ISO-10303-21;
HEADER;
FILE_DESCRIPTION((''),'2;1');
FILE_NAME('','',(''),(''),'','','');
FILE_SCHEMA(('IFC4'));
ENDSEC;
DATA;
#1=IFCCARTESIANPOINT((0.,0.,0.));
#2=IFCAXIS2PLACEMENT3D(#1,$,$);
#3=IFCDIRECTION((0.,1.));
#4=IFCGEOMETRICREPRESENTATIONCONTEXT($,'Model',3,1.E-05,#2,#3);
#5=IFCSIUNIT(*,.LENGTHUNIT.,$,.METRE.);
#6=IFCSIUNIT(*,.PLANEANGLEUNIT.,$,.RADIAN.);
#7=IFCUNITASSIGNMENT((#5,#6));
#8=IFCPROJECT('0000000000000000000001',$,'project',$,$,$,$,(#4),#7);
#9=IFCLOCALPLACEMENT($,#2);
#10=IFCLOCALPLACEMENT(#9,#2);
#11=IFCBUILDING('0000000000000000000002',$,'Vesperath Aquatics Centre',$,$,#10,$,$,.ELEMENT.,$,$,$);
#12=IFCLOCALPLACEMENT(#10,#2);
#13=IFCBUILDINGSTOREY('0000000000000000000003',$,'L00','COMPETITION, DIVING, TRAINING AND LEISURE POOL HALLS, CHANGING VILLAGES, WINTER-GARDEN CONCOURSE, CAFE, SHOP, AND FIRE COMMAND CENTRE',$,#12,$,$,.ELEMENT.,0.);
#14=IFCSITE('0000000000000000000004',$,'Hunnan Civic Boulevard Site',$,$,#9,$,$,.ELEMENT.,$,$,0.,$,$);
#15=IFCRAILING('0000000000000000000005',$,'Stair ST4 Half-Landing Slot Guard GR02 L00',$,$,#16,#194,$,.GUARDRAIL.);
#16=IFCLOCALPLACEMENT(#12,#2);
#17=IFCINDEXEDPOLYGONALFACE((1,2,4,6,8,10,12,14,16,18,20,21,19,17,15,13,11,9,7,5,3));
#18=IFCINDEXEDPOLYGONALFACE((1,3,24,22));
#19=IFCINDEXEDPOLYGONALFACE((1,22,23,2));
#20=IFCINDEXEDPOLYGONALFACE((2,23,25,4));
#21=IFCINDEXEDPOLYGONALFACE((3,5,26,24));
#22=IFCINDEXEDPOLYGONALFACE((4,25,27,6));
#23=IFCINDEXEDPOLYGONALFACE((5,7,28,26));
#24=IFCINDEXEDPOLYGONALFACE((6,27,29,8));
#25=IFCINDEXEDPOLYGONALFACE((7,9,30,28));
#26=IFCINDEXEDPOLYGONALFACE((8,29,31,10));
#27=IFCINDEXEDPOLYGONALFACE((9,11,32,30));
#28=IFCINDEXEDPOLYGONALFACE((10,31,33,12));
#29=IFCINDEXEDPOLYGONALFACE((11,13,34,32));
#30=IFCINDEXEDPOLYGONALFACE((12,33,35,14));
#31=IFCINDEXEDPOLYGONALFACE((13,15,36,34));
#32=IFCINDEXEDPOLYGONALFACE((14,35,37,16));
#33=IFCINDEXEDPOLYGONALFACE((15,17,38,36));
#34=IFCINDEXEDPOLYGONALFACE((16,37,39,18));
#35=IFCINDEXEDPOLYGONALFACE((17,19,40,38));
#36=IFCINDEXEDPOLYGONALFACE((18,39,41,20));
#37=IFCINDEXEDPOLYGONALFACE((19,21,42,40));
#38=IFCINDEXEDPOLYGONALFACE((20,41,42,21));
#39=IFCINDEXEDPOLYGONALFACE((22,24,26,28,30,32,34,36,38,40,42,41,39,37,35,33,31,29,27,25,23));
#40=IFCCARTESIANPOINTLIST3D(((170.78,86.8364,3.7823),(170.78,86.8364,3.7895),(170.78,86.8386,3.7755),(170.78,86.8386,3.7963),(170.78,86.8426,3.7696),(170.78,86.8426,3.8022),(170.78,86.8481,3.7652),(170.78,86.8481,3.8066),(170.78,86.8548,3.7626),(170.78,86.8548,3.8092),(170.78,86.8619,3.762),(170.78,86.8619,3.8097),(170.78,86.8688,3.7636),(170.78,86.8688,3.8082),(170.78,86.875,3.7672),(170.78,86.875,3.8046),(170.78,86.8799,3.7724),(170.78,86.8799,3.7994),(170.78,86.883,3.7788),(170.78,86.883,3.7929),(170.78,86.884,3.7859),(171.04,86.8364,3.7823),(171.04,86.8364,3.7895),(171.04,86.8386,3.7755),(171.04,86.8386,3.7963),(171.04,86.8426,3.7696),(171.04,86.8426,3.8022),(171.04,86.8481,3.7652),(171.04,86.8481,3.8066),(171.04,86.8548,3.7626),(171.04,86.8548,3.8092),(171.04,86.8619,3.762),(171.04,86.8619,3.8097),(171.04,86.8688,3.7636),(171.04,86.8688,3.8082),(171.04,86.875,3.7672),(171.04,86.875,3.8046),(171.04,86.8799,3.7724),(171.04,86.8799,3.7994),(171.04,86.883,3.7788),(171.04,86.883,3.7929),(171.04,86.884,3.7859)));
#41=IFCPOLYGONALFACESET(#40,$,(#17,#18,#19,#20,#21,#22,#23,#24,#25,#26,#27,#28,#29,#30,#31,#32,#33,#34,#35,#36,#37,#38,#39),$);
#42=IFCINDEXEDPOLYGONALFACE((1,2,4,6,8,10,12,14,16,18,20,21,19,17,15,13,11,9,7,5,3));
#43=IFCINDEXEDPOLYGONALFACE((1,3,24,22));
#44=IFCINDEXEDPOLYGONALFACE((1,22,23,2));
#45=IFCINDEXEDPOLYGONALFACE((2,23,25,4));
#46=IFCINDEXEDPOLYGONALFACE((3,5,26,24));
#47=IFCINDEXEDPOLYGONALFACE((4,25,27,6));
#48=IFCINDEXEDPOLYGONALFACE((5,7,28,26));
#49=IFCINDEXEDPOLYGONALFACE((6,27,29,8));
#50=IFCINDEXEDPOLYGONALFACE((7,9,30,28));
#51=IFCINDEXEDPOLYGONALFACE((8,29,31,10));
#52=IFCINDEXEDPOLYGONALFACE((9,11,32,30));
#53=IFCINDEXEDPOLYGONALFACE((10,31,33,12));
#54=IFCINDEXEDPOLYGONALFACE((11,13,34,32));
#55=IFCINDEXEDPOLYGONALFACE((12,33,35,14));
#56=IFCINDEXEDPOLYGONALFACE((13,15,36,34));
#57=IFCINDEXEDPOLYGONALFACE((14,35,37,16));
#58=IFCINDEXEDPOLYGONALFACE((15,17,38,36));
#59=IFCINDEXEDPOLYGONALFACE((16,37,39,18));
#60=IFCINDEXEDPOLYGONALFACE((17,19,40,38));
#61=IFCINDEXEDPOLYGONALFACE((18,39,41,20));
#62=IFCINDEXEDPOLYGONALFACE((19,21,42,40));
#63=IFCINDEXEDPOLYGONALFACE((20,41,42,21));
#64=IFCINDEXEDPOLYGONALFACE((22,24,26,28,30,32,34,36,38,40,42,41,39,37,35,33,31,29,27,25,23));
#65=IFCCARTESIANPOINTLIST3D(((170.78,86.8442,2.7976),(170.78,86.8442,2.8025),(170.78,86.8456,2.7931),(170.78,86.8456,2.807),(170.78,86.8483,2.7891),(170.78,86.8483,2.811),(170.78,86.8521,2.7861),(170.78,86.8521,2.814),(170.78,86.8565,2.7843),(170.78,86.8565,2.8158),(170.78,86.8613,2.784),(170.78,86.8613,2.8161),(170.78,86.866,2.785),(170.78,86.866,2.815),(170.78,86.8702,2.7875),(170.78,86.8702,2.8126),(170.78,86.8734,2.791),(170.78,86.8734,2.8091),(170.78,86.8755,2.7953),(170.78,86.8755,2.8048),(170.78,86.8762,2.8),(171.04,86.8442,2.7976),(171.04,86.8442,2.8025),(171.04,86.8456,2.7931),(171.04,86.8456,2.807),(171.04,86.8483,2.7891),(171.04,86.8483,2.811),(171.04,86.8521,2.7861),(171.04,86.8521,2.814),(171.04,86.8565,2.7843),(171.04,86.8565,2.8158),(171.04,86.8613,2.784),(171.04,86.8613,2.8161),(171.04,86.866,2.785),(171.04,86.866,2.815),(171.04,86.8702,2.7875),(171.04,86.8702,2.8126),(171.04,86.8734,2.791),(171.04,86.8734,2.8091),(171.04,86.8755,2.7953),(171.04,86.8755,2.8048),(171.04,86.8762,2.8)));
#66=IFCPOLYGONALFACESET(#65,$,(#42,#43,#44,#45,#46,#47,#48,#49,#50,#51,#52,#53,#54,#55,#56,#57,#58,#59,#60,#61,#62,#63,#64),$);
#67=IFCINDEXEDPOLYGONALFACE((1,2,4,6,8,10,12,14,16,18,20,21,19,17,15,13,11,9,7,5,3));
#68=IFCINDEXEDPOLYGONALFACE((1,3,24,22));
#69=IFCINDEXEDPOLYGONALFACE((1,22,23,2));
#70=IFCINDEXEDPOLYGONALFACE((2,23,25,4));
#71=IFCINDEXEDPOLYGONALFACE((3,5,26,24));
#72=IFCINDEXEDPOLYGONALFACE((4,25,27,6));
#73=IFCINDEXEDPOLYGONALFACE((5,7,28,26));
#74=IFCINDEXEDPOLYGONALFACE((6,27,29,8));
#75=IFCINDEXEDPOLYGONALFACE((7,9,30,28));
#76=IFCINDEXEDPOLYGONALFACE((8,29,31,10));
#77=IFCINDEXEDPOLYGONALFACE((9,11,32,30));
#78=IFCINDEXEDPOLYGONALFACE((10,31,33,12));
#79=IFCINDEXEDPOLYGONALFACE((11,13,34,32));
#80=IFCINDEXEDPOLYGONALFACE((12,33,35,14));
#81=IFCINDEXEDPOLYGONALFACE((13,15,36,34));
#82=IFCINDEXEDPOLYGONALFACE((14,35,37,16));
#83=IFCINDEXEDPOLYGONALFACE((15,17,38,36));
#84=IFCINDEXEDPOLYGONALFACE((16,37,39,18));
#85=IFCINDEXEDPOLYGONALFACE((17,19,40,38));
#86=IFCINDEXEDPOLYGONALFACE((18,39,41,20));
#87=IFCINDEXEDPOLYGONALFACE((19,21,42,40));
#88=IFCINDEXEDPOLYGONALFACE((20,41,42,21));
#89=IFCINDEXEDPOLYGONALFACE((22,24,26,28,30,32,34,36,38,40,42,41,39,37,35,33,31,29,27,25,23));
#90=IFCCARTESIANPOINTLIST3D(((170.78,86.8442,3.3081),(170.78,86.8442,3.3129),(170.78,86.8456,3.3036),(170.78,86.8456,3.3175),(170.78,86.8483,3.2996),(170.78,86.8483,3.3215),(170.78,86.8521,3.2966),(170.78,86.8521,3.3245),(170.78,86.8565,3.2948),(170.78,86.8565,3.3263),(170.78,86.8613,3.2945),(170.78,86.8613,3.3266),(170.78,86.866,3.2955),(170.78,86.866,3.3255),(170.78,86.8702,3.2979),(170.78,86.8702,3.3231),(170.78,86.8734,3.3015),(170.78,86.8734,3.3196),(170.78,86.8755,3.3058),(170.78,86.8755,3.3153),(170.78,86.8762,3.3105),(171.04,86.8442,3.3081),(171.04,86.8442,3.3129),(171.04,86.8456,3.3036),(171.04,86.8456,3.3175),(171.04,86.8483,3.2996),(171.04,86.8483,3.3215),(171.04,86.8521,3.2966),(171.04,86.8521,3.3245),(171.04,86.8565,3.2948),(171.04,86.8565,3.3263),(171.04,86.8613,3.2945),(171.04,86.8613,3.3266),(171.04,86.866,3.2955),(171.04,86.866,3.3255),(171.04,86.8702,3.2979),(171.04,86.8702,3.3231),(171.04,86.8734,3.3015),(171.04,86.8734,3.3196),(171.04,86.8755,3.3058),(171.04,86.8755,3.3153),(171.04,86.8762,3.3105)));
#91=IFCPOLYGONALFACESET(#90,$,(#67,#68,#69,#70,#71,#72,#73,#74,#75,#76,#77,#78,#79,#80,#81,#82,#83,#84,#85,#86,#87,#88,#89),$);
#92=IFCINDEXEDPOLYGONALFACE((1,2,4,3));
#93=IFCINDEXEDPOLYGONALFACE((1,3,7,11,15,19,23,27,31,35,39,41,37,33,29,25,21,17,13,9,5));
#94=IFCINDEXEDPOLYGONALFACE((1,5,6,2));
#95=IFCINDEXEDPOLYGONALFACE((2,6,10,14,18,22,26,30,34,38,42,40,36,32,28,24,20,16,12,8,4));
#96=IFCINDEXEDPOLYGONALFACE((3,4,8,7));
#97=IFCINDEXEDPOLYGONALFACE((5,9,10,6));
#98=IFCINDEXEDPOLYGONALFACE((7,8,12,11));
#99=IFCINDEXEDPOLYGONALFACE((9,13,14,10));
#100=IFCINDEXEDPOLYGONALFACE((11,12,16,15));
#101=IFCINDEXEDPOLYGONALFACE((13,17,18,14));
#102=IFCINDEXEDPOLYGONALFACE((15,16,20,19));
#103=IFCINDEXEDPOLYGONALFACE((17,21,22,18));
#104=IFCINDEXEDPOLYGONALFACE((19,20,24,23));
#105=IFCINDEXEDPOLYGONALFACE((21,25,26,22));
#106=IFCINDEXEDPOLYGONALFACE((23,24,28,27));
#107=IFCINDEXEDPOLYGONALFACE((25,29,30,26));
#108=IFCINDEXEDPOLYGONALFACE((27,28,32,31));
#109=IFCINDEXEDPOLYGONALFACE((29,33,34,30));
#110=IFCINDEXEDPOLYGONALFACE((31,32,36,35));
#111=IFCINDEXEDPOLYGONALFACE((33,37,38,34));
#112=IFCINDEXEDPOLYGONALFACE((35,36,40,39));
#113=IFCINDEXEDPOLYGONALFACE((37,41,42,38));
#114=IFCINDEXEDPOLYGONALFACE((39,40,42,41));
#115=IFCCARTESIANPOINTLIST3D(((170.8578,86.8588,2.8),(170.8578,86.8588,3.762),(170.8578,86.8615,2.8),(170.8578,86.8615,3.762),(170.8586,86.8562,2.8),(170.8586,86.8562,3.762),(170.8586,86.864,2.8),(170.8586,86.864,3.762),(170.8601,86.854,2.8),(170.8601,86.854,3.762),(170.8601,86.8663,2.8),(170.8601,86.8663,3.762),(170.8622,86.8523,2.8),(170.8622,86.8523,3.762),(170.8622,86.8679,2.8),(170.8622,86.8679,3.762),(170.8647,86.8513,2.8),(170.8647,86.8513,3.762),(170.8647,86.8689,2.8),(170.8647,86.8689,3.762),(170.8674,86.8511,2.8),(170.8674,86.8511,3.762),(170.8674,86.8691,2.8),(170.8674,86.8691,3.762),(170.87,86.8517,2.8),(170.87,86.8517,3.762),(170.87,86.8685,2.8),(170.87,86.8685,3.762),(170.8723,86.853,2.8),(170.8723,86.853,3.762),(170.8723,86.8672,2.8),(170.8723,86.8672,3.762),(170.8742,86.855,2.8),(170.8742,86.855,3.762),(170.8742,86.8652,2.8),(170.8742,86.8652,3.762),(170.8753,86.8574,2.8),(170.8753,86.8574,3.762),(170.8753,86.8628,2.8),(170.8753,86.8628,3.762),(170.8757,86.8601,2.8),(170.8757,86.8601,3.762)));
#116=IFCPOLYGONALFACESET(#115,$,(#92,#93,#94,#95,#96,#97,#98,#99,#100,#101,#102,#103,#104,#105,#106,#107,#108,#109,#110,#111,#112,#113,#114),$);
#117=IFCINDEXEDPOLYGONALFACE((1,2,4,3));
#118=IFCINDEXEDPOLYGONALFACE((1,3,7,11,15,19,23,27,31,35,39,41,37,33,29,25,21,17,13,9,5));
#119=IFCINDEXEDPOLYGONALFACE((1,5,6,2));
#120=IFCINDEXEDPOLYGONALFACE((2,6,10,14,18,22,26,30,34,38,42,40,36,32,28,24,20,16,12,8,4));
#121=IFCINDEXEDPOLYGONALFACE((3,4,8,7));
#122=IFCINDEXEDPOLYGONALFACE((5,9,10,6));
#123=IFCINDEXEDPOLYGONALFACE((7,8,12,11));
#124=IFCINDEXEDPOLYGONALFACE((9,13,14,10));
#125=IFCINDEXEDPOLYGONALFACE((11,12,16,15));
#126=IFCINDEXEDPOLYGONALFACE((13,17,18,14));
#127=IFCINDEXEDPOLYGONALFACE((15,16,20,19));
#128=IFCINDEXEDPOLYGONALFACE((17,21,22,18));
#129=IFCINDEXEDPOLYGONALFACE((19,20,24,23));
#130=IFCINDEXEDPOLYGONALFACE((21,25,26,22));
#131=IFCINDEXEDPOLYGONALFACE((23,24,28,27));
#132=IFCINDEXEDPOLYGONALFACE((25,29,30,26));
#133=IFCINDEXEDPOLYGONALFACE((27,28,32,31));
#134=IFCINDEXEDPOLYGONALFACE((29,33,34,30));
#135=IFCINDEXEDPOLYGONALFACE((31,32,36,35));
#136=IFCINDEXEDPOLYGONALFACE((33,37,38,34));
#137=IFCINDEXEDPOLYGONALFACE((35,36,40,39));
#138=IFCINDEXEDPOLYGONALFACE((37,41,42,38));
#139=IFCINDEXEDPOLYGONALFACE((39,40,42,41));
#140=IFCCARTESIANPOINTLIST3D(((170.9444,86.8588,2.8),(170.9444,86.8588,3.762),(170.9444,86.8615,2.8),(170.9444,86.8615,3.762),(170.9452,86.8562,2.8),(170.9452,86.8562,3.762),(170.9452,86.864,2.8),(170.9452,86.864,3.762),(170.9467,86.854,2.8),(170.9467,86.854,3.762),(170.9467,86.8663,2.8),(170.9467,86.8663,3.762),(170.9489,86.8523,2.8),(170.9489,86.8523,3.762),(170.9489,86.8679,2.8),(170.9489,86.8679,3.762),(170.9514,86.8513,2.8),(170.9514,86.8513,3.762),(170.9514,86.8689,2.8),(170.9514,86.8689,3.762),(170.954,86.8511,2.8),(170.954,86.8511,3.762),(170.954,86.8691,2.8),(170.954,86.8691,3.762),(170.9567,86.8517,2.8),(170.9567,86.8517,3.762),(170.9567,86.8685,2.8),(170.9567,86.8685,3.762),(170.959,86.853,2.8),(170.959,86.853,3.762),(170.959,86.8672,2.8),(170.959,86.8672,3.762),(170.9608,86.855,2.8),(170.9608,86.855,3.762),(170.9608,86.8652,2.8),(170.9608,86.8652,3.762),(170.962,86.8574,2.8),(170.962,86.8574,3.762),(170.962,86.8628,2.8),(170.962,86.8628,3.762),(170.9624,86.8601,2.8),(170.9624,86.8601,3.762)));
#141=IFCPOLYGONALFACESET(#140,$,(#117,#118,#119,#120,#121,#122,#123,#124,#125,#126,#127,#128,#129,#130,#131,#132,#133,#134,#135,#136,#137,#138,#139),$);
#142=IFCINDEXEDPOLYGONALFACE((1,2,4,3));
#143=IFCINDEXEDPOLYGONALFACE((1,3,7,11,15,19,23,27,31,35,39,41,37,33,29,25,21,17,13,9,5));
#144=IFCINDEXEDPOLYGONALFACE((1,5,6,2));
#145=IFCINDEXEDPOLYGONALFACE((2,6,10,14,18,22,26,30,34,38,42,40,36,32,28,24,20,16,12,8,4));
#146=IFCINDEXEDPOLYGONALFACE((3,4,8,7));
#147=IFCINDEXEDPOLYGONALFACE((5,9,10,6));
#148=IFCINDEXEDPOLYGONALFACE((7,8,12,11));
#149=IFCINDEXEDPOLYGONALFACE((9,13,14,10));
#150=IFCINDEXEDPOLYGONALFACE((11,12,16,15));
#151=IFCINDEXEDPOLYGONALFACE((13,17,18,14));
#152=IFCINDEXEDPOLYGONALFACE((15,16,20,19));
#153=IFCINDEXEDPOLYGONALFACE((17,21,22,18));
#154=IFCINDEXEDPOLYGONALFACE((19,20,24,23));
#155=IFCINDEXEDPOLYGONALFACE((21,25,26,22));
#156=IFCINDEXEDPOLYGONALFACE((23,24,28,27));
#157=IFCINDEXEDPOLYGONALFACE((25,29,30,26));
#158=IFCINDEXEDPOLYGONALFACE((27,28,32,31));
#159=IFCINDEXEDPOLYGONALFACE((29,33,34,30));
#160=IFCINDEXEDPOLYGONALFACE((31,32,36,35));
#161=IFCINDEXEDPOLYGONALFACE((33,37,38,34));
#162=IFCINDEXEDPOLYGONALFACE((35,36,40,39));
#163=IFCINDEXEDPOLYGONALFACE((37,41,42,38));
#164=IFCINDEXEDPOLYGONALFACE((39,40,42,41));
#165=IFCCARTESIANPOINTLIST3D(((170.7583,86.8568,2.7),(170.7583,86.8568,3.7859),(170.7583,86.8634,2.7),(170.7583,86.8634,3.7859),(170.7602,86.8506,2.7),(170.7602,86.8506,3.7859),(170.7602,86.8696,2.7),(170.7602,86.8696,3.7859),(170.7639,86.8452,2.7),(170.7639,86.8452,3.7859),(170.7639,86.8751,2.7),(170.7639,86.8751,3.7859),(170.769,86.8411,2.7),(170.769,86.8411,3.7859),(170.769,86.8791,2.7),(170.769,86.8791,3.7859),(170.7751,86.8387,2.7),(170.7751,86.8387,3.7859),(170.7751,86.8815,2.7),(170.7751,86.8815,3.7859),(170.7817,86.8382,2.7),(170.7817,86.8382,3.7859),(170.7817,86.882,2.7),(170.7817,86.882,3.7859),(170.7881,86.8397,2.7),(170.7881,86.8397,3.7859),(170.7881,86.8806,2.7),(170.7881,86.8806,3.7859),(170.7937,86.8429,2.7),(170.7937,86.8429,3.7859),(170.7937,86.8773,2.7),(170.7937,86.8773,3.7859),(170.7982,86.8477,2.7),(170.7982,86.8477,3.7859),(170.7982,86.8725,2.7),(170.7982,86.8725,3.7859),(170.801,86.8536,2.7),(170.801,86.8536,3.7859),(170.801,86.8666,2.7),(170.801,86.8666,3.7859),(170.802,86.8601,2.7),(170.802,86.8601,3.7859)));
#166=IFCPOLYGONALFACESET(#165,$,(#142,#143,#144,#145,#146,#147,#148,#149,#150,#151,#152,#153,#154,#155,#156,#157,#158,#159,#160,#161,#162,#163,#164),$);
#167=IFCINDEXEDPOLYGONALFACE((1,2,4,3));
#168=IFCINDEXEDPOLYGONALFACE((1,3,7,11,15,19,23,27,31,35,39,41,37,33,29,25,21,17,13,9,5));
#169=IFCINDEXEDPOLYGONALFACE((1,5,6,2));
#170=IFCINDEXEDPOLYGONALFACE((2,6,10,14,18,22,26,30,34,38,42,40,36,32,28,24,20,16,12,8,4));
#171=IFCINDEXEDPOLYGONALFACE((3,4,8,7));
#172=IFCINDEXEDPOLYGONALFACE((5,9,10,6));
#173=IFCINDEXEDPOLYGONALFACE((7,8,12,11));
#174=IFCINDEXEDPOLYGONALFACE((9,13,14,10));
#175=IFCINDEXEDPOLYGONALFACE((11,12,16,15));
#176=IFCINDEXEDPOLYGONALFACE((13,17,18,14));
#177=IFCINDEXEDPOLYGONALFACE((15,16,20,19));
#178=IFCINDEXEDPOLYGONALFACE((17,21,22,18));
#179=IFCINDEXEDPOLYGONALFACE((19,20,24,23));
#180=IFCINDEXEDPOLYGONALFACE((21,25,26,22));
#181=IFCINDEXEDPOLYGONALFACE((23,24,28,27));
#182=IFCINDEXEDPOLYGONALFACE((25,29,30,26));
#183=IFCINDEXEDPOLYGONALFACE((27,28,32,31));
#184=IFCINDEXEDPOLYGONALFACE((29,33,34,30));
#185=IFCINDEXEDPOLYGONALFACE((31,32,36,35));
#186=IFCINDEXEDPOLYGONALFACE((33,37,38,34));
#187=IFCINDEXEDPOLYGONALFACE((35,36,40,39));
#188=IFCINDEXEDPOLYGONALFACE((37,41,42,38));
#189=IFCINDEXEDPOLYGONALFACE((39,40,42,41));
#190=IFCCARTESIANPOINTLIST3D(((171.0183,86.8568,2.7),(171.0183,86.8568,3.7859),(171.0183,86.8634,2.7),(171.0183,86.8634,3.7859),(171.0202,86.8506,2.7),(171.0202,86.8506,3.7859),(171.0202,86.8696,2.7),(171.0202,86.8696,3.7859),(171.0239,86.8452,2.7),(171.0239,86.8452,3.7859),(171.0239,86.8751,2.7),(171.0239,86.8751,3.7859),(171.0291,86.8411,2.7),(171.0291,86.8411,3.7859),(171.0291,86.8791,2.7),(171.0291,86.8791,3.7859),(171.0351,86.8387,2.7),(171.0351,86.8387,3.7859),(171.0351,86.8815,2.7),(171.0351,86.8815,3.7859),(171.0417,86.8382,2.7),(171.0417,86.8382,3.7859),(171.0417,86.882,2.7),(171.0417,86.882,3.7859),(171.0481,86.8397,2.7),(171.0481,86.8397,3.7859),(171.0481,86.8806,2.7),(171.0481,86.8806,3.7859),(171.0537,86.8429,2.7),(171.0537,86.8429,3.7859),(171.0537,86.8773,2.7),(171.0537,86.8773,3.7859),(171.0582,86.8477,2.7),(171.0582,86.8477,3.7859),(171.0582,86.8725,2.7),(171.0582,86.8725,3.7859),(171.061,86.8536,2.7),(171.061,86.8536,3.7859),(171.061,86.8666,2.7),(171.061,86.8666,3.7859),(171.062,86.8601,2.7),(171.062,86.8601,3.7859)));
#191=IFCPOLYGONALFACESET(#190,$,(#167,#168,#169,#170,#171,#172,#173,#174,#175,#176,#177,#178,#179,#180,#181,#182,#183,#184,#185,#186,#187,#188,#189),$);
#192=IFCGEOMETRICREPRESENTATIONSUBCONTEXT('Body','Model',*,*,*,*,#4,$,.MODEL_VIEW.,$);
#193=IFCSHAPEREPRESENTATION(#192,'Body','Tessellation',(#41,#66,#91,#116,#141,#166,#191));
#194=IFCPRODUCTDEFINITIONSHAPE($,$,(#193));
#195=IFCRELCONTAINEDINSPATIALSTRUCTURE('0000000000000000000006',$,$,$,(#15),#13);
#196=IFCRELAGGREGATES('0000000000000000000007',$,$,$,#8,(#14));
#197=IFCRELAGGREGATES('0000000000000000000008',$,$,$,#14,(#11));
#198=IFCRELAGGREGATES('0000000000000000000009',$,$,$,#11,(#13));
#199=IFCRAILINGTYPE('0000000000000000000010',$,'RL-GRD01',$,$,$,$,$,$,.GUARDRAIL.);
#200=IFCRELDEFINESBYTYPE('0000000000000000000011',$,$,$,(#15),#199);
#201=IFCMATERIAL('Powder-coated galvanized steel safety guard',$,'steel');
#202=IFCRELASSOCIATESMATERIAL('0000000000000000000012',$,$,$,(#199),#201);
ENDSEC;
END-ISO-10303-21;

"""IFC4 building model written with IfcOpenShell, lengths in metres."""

from ifc_helpers import new_model, si_unit, direction, frame, origin, origin_2d, place, context, subcontext, project, spatial, circle, extrude, material, type_object, element, save


model = new_model("IFC4")

# Units and contexts
model_context = context("Model", 3, precision=1e-05, world=origin(), true_north=direction((0.0, 1.0)))
body_context = subcontext(model_context, "Body", "Model", "MODEL_VIEW")
ifc_project = project(units=[si_unit("LENGTHUNIT", "METRE"), si_unit("PLANEANGLEUNIT", "RADIAN")], contexts=[model_context])

# Site, building, storey
site_placement = place(None, origin())
site = spatial("IfcSite", under=ifc_project, at=site_placement, Name="Hunnan Civic Boulevard Site", CompositionType="ELEMENT", RefElevation=0.0)
building_placement = place(site_placement, origin())
building = spatial("IfcBuilding", under=site, at=building_placement, Name="Vesperath Aquatics Centre", CompositionType="ELEMENT")
storey_placement = place(building_placement, origin())
storey = spatial("IfcBuildingStorey", under=building, at=storey_placement, Name="L00", Description="COMPETITION, DIVING, TRAINING AND LEISURE POOL HALLS, CHANGING VILLAGES, WINTER-GARDEN CONCOURSE, CAFE, SHOP, AND FIRE COMMAND CENTRE", CompositionType="ELEMENT", Elevation=0.0)

# Railing
ifc_material_1 = material(Name="Powder-coated galvanized steel safety guard", Category="steel")
railing_type_1 = type_object("IfcRailingType", Name="RL-GRD01", PredefinedType="GUARDRAIL", material=ifc_material_1)
railing_1_placement = place(storey_placement, frame((170.78, 86.8601, 2.7)))
element("IfcRailing", 1, at=railing_1_placement, inside=storey, type_object=railing_type_1, Name="Stair ST4 Half-Landing Slot Guard GR02 L00", PredefinedType="GUARDRAIL", context=body_context, shape_type="SweptSolid", body=[
    extrude(circle(Radius=0.0239, at=origin_2d()), frame((0.0, 0.0, 1.0859), z_axis=(1.0, 0.0, 0.0), x_axis=(0.0, 1.0, 0.0)), (0.0, 0.0, 1.0), 0.26),
    extrude(circle(Radius=0.0161, at=origin_2d()), frame((0.0, 0.0, 0.1001), z_axis=(1.0, 0.0, 0.0), x_axis=(0.0, 1.0, 0.0)), (0.0, 0.0, 1.0), 0.26),
    extrude(circle(Radius=0.0161, at=origin_2d()), frame((0.0, 0.0, 0.6106), z_axis=(1.0, 0.0, 0.0), x_axis=(0.0, 1.0, 0.0)), (0.0, 0.0, 1.0), 0.26),
    extrude(circle(Radius=0.009, at=origin_2d()), frame((0.0867, 0.0, 0.1001)), (0.0, 0.0, 1.0), 0.9619),
    extrude(circle(Radius=0.009, at=origin_2d()), frame((0.1733, 0.0, 0.1001)), (0.0, 0.0, 1.0), 0.9619),
    extrude(circle(Radius=0.022, at=origin_2d()), origin(), (0.0, 0.0, 1.0), 1.0859),
    extrude(circle(Radius=0.022, at=origin_2d()), frame((0.26, 0.0, 0.0)), (0.0, 0.0, 1.0), 1.0859),
])

save(model, "model.ifc")
